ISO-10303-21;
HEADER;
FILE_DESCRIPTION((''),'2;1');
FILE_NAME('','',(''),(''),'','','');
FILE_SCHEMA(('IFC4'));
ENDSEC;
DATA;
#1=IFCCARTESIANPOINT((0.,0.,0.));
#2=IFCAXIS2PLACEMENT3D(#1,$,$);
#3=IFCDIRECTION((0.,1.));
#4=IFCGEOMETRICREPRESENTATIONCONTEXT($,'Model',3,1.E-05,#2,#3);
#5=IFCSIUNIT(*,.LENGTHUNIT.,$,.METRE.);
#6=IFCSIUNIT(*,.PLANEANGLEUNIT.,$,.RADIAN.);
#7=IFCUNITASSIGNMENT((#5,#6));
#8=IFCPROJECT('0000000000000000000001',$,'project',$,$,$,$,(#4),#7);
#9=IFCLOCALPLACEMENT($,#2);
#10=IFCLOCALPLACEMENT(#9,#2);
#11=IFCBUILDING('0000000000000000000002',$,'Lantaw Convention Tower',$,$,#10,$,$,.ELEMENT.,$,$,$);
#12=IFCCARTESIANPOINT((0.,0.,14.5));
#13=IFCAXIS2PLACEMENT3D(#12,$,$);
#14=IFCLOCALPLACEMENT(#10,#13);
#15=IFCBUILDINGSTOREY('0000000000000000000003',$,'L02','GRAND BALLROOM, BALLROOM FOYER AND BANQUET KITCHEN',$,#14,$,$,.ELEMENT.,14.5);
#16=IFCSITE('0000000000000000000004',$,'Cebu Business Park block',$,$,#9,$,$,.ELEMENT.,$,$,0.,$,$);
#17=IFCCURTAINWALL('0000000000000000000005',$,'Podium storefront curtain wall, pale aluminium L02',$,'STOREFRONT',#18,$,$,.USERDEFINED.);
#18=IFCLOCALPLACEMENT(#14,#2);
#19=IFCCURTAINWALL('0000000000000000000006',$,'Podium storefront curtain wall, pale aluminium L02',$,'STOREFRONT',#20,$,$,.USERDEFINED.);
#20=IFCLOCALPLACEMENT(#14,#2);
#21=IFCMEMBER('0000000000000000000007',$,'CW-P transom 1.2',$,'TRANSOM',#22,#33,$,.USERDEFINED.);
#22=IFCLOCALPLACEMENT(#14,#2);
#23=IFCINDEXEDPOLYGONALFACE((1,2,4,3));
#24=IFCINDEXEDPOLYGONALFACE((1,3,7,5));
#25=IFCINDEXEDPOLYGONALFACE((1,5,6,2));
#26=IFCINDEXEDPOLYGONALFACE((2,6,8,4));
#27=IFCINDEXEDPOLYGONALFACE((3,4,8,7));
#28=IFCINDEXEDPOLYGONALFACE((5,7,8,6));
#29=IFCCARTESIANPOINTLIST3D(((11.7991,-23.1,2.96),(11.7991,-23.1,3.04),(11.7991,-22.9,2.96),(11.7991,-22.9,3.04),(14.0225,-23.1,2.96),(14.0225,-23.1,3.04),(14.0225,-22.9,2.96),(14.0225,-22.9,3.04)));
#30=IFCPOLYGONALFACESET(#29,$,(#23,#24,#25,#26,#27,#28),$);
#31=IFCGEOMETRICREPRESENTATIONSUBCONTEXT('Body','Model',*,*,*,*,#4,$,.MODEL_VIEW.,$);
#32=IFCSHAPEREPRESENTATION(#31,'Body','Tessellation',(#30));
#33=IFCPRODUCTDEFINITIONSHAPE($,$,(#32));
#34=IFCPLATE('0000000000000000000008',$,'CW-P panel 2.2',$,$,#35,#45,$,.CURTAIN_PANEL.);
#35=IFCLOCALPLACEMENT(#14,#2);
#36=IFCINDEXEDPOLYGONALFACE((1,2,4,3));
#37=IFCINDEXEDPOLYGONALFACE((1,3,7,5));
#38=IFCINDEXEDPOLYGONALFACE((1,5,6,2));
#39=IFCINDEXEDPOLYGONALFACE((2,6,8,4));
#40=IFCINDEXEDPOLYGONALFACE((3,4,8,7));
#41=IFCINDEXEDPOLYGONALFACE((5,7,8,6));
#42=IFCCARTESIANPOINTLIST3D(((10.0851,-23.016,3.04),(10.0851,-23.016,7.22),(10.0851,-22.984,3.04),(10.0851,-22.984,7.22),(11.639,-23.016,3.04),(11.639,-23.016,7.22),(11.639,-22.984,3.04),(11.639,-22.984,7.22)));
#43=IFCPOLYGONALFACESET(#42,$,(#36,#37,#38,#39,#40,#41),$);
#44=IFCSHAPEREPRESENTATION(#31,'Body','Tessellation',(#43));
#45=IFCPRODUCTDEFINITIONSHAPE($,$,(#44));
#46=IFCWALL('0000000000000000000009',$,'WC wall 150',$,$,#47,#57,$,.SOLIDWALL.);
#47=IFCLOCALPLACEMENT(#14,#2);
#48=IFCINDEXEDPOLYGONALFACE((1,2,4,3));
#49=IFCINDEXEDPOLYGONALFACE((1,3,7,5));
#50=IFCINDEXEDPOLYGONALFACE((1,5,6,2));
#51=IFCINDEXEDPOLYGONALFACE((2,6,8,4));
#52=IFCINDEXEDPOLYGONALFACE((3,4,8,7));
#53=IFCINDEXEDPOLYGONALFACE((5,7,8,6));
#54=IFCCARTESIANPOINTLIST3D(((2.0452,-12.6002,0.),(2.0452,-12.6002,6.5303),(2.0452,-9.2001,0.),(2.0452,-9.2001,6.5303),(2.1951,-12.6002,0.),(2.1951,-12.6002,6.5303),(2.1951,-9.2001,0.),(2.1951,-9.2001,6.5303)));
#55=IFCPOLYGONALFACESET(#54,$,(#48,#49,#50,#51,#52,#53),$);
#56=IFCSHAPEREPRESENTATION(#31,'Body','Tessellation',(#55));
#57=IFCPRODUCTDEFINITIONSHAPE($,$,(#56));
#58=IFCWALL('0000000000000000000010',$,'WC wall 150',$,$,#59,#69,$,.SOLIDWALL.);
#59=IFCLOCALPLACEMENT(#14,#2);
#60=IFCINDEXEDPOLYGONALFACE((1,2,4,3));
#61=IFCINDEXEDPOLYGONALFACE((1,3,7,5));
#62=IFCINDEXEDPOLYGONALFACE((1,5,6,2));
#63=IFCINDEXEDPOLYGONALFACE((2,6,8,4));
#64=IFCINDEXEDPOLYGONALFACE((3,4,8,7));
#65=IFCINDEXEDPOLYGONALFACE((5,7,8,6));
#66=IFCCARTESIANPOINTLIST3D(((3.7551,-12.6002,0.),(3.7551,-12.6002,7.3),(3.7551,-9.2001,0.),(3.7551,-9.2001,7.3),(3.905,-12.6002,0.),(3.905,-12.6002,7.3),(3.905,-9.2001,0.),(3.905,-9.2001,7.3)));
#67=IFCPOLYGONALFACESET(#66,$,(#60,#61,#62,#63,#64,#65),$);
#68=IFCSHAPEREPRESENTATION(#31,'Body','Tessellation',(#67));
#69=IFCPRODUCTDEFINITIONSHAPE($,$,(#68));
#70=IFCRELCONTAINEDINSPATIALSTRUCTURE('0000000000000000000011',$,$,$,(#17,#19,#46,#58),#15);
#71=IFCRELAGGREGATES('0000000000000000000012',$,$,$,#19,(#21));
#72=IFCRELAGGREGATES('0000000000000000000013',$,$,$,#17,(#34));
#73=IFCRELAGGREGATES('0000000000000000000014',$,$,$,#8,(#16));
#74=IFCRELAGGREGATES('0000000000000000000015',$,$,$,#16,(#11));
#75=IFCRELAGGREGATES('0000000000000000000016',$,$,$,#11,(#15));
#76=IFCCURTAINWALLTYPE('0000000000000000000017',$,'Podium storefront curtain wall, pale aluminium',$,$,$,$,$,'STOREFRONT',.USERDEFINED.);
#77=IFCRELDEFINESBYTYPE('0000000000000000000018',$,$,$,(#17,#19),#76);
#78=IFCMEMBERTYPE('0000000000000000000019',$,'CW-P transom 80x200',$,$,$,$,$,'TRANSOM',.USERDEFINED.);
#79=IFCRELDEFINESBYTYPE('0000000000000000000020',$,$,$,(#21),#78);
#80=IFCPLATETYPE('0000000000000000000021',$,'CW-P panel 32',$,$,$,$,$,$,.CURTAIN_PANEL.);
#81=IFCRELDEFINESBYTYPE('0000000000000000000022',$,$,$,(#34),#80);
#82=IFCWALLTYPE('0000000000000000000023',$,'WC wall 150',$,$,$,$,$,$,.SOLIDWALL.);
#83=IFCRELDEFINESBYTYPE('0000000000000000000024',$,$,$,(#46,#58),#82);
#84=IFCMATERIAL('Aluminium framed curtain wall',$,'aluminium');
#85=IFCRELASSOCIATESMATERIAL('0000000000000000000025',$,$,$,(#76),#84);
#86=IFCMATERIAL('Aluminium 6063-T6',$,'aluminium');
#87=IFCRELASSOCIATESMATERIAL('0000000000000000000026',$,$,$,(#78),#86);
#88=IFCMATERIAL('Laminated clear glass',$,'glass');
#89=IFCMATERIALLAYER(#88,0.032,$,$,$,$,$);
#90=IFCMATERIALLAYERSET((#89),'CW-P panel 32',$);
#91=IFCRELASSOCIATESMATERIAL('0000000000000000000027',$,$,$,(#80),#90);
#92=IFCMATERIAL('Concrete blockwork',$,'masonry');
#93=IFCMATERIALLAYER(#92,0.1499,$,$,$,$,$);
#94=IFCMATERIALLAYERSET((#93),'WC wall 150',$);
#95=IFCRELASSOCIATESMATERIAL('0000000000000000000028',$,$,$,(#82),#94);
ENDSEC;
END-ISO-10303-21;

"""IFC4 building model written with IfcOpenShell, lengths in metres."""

from ifc_helpers import new_model, si_unit, direction, frame, frame_2d, origin, origin_2d, place, context, subcontext, project, spatial, rectangle, extrude, material, layer, layer_set, material_profile, profile_set, type_object, element, aggregate, save


model = new_model("IFC4")

# Units and contexts
model_context = context("Model", 3, precision=1e-05, world=origin(), true_north=direction((0.0, 1.0)))
body_context = subcontext(model_context, "Body", "Model", "MODEL_VIEW")
ifc_project = project(units=[si_unit("LENGTHUNIT", "METRE"), si_unit("PLANEANGLEUNIT", "RADIAN")], contexts=[model_context])

# Site, building, storey
site_placement = place(None, origin())
site = spatial("IfcSite", under=ifc_project, at=site_placement, Name="Cebu Business Park block", CompositionType="ELEMENT", RefElevation=0.0)
building_placement = place(site_placement, origin())
building = spatial("IfcBuilding", under=site, at=building_placement, Name="Lantaw Convention Tower", CompositionType="ELEMENT")
storey_placement = place(building_placement, frame((0.0, 0.0, 14.5)))
storey = spatial("IfcBuildingStorey", under=building, at=storey_placement, Name="L02", Description="GRAND BALLROOM, BALLROOM FOYER AND BANQUET KITCHEN", CompositionType="ELEMENT", Elevation=14.5)

# Curtain wall
ifc_material_1 = material(Name="Aluminium framed curtain wall", Category="aluminium")
curtain_wall_type = type_object("IfcCurtainWallType", Name="Podium storefront curtain wall, pale aluminium", ElementType="STOREFRONT", PredefinedType="USERDEFINED", material=ifc_material_1)
curtain_wall_1_placement = place(storey_placement, origin())
curtain_wall_1 = element("IfcCurtainWall", 1, at=curtain_wall_1_placement, inside=storey, type_object=curtain_wall_type, Name="Podium storefront curtain wall, pale aluminium L02", ObjectType="STOREFRONT", PredefinedType="USERDEFINED")
ifc_material_2 = material(Name="Aluminium 6063-T6", Category="aluminium")

# Curtain wall, member
curtain_wall_2_placement = place(storey_placement, origin())
curtain_wall_2 = element("IfcCurtainWall", 2, at=curtain_wall_2_placement, inside=storey, type_object=curtain_wall_type, Name="Podium storefront curtain wall, pale aluminium L02", ObjectType="STOREFRONT", PredefinedType="USERDEFINED")
ifc_material_profile_1 = material_profile(ifc_material_2, rectangle(XDim=0.2, YDim=0.0801, at=origin_2d()), Name="CW-P transom 80x200")
ifc_profile_set_1 = profile_set([ifc_material_profile_1], Name="Aluminium 6063-T6")
member_type_1 = type_object("IfcMemberType", Name="CW-P transom 80x200", ElementType="TRANSOM", PredefinedType="USERDEFINED", material=ifc_profile_set_1)
member_1_placement = place(storey_placement, frame((11.7991, -23.0, 3.0), z_axis=(1.0, 0.0, 0.0), x_axis=(0.0, 1.0, 0.0)))
member_1 = element("IfcMember", 3, at=member_1_placement, type_object=member_type_1, Name="CW-P transom 1.2", ObjectType="TRANSOM", PredefinedType="USERDEFINED", context=body_context, shape_type="SweptSolid", body=[
    extrude(rectangle(XDim=0.2, YDim=0.0801, at=origin_2d()), origin(), (0.0, 0.0, 1.0), 2.2234),
])
aggregate(curtain_wall_2, [member_1])

# Plate
ifc_material_3 = material(Name="Laminated clear glass", Category="glass")
ifc_layer_1 = layer(ifc_material_3, 0.032)
ifc_layer_set_1 = layer_set([ifc_layer_1], Name="CW-P panel 32")
plate_type = type_object("IfcPlateType", Name="CW-P panel 32", PredefinedType="CURTAIN_PANEL", material=ifc_layer_set_1)
plate_placement = place(storey_placement, frame((10.8621, -23.0, 3.04), z_axis=(0.0, 0.0, 1.0), x_axis=(1.0, 0.0, 0.0)))
plate = element("IfcPlate", 4, at=plate_placement, type_object=plate_type, Name="CW-P panel 2.2", PredefinedType="CURTAIN_PANEL", context=body_context, shape_type="SweptSolid", body=[
    extrude(rectangle(XDim=1.554, YDim=0.032, at=origin_2d()), origin(), (0.0, 0.0, 1.0), 4.1799),
])
aggregate(curtain_wall_1, [plate])

# Walls
ifc_material_4 = material(Name="Concrete blockwork", Category="masonry")
ifc_layer_2 = layer(ifc_material_4, 0.1499)
ifc_layer_set_2 = layer_set([ifc_layer_2], Name="WC wall 150")
wall_type = type_object("IfcWallType", Name="WC wall 150", PredefinedType="SOLIDWALL", material=ifc_layer_set_2)
wall_1_placement = place(storey_placement, frame((2.1201, -9.2, 0.0), z_axis=(0.0, 0.0, 1.0), x_axis=(0.0, -1.0, 0.0)))
element("IfcWall", 5, at=wall_1_placement, inside=storey, type_object=wall_type, Name="WC wall 150", PredefinedType="SOLIDWALL", context=body_context, shape_type="SweptSolid", body=[
    extrude(rectangle(XDim=3.4001, YDim=0.1499, at=frame_2d((1.7002, 0.0))), origin(), (0.0, 0.0, 1.0), 6.5303),
])
wall_2_placement = place(storey_placement, frame((3.8301, -9.2, 0.0), z_axis=(0.0, 0.0, 1.0), x_axis=(0.0, -1.0, 0.0)))
element("IfcWall", 6, at=wall_2_placement, inside=storey, type_object=wall_type, Name="WC wall 150", PredefinedType="SOLIDWALL", context=body_context, shape_type="SweptSolid", body=[
    extrude(rectangle(XDim=3.4001, YDim=0.1499, at=frame_2d((1.7002, 0.0))), origin(), (0.0, 0.0, 1.0), 7.3),
])

save(model, "model.ifc")
